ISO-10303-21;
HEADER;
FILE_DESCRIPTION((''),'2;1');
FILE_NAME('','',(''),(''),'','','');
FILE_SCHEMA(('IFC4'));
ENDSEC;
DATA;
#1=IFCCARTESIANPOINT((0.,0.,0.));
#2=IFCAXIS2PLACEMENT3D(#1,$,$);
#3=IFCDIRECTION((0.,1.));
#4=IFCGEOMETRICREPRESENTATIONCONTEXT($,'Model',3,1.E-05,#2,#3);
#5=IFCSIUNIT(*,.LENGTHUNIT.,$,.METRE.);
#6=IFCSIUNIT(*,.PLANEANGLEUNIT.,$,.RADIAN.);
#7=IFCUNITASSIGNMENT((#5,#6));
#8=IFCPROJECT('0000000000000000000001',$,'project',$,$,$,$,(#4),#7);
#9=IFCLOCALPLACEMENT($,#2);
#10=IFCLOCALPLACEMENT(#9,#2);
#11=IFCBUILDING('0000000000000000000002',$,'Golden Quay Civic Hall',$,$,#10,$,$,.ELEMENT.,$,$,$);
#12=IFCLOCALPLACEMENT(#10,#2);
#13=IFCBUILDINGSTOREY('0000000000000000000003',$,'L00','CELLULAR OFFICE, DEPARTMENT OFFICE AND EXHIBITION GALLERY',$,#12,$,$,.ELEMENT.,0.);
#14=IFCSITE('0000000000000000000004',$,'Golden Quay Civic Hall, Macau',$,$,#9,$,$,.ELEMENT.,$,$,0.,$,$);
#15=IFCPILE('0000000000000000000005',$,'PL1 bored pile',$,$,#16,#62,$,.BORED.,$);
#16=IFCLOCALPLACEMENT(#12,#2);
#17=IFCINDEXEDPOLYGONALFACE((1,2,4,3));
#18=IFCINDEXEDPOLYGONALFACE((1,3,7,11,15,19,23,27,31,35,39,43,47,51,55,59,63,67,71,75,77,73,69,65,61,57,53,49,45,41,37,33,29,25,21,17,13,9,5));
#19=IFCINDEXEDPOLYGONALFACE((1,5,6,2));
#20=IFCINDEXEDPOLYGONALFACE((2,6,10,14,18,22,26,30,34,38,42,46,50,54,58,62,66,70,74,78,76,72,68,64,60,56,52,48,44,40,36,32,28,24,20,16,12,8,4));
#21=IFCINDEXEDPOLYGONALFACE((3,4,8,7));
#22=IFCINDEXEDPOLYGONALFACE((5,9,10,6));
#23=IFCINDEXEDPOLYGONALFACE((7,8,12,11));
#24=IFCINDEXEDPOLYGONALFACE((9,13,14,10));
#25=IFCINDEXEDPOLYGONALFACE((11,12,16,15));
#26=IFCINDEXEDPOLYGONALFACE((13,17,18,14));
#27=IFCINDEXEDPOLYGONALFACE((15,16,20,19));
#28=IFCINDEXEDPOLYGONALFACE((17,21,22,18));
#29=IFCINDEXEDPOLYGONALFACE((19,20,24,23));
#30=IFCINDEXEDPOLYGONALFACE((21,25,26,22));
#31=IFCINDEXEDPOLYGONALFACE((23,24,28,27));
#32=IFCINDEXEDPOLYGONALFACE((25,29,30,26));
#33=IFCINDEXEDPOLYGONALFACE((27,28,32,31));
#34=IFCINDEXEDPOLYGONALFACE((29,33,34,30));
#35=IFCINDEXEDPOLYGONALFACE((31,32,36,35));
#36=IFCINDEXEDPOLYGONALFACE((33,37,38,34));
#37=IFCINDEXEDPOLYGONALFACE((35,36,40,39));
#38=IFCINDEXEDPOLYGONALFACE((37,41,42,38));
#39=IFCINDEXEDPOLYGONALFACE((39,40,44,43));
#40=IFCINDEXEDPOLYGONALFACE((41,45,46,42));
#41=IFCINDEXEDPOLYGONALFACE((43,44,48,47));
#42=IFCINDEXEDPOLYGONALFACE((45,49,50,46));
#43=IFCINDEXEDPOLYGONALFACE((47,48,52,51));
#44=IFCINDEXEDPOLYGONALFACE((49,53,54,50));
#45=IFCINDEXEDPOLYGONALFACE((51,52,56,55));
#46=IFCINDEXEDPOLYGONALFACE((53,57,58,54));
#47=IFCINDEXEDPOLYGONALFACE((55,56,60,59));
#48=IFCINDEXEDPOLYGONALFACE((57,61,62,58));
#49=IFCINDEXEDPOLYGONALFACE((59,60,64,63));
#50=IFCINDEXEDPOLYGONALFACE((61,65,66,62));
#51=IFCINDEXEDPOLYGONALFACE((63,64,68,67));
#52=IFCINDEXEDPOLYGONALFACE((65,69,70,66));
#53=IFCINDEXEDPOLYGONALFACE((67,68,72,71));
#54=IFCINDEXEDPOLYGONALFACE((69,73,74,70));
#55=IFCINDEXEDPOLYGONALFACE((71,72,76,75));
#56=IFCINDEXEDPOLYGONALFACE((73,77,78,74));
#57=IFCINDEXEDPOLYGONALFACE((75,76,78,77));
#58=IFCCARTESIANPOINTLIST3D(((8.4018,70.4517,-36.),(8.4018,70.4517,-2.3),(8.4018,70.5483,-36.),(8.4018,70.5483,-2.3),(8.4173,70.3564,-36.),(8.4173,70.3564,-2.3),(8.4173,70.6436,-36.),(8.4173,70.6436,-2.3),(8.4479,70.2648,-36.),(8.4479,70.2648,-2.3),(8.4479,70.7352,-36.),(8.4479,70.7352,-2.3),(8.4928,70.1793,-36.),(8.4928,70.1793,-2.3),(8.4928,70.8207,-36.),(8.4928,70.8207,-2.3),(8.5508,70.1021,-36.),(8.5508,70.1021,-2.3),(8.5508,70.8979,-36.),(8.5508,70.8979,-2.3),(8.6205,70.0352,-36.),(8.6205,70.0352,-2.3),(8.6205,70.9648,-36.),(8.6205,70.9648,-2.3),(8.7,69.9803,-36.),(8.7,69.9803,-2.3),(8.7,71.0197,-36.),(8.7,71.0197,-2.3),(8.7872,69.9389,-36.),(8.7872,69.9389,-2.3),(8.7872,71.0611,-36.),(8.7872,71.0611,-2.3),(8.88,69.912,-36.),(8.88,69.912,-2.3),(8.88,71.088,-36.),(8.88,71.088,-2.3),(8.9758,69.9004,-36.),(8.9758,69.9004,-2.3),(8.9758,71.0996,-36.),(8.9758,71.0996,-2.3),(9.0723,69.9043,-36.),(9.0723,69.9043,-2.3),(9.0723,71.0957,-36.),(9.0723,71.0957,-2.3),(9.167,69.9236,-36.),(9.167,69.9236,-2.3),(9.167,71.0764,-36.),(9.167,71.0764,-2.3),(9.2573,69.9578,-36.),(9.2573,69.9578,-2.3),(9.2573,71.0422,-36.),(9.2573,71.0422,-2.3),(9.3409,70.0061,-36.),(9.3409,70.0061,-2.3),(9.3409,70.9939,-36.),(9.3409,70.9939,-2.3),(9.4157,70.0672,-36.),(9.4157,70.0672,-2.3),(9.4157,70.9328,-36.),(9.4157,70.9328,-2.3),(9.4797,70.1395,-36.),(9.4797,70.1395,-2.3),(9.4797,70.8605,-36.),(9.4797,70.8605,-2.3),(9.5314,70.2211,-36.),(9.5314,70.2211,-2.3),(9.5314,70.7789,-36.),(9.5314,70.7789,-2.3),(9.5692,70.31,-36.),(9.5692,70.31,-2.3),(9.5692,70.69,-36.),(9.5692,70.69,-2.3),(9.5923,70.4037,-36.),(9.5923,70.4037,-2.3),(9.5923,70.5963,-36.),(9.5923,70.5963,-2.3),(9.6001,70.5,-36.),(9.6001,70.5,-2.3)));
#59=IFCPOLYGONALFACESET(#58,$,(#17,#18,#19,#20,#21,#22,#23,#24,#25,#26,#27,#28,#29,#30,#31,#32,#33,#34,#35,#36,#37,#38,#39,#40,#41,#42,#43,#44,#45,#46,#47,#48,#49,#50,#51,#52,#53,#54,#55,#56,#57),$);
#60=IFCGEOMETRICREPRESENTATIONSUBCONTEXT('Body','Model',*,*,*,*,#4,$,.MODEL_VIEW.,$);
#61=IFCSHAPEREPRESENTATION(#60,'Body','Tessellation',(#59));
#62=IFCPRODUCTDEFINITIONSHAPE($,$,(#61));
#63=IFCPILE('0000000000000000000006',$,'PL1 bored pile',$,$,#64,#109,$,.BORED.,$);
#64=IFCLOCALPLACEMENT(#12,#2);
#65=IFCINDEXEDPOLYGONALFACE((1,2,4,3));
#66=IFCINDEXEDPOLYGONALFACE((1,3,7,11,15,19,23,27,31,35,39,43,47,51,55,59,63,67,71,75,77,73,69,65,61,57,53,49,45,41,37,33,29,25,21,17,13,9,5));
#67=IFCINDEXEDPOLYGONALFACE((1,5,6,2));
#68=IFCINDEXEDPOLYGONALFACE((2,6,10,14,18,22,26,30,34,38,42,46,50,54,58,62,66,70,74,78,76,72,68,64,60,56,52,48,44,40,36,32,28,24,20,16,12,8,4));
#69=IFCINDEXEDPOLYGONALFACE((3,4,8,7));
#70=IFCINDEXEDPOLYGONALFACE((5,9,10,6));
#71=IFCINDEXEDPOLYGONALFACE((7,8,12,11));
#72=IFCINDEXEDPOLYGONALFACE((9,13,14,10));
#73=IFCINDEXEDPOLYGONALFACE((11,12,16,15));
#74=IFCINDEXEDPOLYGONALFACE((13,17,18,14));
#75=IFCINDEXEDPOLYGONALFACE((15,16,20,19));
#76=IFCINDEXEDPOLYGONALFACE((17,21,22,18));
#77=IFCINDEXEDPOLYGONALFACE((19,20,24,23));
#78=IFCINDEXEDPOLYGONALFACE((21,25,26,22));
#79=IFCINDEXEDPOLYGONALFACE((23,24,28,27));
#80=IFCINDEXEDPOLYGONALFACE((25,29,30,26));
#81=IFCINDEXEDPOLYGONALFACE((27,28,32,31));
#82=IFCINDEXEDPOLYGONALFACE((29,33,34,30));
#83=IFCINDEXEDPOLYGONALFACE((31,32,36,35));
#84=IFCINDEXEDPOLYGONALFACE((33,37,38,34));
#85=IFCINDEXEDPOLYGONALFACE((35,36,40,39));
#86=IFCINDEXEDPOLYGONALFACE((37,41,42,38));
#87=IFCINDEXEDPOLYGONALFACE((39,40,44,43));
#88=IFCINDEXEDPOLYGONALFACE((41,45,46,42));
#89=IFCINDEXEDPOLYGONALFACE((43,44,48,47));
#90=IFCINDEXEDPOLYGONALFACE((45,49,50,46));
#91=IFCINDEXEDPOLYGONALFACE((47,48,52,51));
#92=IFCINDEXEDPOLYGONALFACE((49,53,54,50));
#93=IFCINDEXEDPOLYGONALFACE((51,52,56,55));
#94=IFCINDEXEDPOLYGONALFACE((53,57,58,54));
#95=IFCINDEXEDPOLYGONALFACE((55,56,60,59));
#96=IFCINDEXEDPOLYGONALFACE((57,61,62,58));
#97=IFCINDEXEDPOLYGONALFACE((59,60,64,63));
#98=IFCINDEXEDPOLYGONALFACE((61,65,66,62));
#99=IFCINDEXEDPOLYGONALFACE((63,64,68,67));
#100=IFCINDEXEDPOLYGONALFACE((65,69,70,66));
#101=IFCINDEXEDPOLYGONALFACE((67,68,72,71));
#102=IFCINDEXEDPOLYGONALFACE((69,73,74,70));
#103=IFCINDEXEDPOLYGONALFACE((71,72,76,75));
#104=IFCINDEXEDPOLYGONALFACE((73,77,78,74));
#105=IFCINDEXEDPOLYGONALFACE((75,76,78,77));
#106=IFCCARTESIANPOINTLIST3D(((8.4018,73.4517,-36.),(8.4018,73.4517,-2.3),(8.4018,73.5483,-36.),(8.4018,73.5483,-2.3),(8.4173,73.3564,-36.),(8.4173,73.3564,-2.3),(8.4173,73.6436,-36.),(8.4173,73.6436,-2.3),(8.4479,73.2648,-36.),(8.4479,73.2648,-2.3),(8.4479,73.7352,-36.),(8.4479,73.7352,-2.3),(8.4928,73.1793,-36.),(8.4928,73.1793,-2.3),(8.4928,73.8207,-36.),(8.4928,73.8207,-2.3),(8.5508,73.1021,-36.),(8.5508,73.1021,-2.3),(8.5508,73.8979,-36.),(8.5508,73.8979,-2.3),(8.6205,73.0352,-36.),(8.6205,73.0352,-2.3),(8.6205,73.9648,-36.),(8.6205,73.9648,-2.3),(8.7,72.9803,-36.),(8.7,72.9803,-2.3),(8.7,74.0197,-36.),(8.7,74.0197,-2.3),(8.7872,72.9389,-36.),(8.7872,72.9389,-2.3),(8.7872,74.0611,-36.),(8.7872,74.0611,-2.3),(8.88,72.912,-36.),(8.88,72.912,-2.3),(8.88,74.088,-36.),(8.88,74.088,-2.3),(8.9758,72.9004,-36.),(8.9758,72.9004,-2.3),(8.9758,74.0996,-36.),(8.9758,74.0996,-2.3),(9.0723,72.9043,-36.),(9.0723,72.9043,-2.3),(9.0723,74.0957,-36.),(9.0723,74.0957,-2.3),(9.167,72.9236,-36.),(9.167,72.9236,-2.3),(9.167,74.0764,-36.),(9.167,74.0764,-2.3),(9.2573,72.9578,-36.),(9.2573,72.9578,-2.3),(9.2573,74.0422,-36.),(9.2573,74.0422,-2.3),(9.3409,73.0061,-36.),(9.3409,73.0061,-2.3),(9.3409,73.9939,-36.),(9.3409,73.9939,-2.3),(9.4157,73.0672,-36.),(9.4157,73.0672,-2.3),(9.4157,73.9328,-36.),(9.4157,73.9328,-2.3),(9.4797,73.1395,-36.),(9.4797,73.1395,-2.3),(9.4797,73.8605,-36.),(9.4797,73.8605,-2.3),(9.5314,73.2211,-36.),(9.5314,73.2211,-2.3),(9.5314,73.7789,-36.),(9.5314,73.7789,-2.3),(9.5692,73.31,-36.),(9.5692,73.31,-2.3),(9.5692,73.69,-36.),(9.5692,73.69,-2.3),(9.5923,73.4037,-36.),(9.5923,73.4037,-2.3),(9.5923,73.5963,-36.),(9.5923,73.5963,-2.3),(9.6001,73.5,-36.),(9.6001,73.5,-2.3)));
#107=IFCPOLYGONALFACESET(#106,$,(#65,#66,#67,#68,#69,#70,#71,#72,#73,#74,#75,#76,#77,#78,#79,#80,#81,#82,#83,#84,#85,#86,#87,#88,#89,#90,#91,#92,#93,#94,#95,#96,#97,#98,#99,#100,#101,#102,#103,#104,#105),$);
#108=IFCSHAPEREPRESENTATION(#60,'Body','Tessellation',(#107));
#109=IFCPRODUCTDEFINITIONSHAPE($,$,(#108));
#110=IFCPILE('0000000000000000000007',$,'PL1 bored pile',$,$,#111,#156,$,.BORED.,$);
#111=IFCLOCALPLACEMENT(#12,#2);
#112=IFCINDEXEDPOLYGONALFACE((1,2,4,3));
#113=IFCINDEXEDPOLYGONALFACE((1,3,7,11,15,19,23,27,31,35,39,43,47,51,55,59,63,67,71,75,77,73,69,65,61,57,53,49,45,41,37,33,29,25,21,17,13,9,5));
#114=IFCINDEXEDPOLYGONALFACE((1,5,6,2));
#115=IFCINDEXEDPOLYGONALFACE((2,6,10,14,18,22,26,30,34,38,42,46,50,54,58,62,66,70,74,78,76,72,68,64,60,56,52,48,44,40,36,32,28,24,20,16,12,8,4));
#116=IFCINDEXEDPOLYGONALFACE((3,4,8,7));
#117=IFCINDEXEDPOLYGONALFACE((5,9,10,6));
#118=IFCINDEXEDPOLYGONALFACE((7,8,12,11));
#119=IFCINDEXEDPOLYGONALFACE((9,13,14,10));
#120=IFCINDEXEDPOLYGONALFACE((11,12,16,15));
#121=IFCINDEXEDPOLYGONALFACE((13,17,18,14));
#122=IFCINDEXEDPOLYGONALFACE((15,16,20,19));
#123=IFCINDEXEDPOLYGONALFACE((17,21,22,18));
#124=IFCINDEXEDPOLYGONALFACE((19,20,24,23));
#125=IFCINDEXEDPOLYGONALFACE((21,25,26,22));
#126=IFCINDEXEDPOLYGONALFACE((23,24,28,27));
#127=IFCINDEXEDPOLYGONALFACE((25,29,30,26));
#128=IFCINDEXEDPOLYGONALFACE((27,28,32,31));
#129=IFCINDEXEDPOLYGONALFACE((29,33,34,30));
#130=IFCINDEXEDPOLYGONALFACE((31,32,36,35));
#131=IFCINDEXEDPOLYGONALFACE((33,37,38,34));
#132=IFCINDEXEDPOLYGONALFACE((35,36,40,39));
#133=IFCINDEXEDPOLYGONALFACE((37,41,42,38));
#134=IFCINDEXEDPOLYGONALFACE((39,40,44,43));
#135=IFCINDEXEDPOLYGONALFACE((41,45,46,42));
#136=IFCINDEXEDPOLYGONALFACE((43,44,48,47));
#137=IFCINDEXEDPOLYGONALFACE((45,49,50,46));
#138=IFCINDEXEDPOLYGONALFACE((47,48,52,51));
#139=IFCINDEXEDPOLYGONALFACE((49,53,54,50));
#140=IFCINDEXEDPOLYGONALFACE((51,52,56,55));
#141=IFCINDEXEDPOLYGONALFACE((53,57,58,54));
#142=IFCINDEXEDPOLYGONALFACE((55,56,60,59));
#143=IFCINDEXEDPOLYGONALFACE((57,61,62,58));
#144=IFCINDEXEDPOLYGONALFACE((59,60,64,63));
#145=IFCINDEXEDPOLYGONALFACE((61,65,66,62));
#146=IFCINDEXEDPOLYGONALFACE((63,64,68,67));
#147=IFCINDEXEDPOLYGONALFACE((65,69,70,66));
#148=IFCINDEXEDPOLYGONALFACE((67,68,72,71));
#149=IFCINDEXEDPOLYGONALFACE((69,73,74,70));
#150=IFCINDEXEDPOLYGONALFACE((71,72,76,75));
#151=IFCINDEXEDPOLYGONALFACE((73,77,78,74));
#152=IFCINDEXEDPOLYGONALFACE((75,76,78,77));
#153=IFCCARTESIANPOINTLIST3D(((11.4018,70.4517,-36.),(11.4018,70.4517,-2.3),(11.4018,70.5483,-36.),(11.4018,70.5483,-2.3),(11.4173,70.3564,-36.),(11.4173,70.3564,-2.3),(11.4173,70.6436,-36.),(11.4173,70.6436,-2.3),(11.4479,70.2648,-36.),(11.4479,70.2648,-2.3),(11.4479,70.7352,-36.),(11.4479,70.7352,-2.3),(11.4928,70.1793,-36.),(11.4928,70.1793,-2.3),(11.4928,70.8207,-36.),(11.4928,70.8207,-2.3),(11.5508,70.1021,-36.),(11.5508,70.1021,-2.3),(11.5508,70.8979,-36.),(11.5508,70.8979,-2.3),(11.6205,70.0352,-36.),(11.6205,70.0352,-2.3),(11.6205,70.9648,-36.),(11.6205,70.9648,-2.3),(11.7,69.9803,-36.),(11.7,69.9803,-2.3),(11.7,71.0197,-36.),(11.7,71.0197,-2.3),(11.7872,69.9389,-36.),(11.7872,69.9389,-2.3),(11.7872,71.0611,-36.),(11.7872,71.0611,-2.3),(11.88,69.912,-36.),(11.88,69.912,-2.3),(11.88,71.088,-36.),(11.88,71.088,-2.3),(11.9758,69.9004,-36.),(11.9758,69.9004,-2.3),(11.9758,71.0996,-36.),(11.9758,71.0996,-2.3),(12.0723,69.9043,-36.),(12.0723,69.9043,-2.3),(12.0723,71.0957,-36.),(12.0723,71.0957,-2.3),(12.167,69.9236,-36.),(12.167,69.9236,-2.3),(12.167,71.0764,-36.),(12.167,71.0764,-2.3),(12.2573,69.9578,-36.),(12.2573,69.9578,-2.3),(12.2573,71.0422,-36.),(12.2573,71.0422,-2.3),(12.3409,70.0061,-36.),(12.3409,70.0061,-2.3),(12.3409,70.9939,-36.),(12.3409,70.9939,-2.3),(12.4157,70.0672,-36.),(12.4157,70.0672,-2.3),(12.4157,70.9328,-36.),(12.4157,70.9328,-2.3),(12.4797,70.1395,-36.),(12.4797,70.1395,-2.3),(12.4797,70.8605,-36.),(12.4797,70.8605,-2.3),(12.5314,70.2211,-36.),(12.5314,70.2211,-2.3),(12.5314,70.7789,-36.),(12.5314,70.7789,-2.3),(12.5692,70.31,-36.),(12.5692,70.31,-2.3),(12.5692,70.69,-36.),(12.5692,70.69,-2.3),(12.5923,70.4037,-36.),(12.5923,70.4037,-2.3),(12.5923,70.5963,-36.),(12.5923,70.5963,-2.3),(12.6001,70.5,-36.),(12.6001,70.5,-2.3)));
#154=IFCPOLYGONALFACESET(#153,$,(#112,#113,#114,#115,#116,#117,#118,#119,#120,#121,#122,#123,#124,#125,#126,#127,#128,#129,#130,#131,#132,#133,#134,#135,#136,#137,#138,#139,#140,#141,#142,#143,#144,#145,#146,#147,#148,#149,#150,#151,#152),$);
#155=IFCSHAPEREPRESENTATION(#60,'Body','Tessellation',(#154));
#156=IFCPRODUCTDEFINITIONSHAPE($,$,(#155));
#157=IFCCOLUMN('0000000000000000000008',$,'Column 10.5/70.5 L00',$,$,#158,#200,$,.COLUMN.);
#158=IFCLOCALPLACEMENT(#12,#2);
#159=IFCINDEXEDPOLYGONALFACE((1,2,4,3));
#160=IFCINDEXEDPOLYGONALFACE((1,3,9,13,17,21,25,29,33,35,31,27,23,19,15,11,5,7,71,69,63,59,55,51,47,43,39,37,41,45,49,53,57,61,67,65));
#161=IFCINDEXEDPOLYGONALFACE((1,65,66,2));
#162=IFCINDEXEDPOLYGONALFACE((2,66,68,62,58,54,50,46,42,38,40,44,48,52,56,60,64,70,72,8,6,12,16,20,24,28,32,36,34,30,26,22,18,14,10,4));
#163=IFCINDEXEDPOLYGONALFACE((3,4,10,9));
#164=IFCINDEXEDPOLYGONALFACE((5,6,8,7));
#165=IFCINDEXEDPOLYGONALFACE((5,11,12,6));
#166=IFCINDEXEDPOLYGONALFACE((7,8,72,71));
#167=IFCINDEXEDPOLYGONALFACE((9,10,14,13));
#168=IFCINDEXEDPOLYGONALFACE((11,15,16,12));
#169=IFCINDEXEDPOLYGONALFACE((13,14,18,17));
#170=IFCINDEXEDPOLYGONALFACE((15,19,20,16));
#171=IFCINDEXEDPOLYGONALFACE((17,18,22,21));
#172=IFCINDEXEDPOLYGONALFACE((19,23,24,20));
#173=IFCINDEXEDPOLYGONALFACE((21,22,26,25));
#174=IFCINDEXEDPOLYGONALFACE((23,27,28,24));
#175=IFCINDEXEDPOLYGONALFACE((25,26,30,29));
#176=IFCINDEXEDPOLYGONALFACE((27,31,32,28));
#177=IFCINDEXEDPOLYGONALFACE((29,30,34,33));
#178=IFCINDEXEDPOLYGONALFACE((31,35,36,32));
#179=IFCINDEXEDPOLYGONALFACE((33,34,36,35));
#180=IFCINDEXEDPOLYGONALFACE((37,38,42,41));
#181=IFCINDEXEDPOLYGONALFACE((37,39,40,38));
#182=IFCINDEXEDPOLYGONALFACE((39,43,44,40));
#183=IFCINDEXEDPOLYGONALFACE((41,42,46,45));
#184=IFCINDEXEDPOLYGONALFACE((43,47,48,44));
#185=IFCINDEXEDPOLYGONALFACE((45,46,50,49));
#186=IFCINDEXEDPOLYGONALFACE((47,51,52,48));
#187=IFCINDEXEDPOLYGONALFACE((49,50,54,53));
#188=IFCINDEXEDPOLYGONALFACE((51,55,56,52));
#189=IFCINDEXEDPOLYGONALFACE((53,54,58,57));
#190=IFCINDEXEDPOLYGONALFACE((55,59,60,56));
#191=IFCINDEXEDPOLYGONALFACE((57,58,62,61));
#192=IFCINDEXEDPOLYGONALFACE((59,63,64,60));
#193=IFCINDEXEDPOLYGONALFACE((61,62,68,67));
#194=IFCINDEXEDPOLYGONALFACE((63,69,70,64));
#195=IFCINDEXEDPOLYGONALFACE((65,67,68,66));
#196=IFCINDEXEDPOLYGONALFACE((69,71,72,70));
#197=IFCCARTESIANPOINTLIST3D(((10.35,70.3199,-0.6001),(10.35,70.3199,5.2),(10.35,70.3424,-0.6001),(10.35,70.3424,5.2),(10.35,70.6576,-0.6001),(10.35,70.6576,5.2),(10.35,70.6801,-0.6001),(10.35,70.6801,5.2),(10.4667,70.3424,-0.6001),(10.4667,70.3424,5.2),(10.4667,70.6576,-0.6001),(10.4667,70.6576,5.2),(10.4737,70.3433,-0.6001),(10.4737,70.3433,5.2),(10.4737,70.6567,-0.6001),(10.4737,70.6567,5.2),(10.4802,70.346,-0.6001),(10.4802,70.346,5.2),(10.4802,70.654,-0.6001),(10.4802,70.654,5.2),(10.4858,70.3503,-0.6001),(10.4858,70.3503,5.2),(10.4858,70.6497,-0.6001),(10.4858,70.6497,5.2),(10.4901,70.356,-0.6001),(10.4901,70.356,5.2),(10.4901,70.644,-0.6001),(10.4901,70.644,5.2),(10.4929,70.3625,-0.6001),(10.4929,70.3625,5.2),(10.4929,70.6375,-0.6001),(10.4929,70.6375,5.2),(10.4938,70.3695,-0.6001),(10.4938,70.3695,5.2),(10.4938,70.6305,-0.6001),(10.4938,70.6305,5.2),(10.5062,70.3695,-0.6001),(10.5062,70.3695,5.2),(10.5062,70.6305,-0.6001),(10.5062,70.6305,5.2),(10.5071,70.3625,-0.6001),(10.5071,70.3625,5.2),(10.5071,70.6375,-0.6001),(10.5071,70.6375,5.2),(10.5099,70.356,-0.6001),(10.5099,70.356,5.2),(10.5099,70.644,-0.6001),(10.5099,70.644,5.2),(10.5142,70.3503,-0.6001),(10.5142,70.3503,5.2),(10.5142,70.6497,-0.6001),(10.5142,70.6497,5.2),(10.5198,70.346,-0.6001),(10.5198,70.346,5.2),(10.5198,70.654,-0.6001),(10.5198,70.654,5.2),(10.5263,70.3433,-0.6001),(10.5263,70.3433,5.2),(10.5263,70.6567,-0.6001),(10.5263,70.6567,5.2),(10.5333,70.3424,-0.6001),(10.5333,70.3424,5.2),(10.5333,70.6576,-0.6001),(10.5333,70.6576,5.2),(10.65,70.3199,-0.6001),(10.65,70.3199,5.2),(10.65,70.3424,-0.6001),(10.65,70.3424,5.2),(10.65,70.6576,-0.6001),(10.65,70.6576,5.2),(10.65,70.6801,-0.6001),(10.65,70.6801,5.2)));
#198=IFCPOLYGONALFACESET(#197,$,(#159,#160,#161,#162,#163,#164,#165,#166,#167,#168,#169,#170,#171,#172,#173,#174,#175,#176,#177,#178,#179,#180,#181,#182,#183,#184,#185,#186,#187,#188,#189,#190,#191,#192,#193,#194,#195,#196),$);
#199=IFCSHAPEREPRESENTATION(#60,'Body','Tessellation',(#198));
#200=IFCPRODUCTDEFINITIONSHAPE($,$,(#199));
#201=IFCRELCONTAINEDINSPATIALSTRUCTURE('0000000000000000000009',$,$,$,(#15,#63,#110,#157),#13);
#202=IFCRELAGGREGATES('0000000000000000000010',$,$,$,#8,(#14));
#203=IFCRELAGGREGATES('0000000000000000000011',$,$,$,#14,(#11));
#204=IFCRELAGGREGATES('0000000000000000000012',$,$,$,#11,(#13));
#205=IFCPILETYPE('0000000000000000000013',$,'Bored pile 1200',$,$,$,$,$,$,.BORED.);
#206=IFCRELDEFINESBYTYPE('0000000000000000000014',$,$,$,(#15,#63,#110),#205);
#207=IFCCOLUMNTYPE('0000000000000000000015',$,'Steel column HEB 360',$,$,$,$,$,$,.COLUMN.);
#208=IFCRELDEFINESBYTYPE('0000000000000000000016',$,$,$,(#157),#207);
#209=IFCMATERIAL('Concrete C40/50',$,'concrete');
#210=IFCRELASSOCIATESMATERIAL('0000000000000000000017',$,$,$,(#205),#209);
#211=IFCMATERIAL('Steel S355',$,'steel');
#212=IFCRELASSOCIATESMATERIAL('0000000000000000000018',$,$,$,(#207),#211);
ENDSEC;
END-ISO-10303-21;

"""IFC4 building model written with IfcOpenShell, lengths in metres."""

from ifc_helpers import new_model, si_unit, direction, frame, origin, origin_2d, place, context, subcontext, project, spatial, circle, i_section, extrude, material, material_profile, profile_set, type_object, element, save


model = new_model("IFC4")

# Units and contexts
model_context = context("Model", 3, precision=1e-05, world=origin(), true_north=direction((0.0, 1.0)))
body_context = subcontext(model_context, "Body", "Model", "MODEL_VIEW")
ifc_project = project(units=[si_unit("LENGTHUNIT", "METRE"), si_unit("PLANEANGLEUNIT", "RADIAN")], contexts=[model_context])

# Site, building, storey
site_placement = place(None, origin())
site = spatial("IfcSite", under=ifc_project, at=site_placement, Name="Golden Quay Civic Hall, Macau", CompositionType="ELEMENT", RefElevation=0.0)
building_placement = place(site_placement, origin())
building = spatial("IfcBuilding", under=site, at=building_placement, Name="Golden Quay Civic Hall", CompositionType="ELEMENT")
storey_placement = place(building_placement, origin())
storey = spatial("IfcBuildingStorey", under=building, at=storey_placement, Name="L00", Description="CELLULAR OFFICE, DEPARTMENT OFFICE AND EXHIBITION GALLERY", CompositionType="ELEMENT", Elevation=0.0)

# Piles
ifc_material_1 = material(Name="Concrete C40/50", Category="concrete")
ifc_material_profile_1 = material_profile(ifc_material_1, circle(Radius=0.6001, at=origin_2d()), Name="RC D1200")
ifc_profile_set_1 = profile_set([ifc_material_profile_1], Name="Concrete C40/50")
pile_type = type_object("IfcPileType", Name="Bored pile 1200", PredefinedType="BORED", material=ifc_profile_set_1)
for number, where, z_axis, x_axis, name in (
    (1, (9.0, 70.5, -2.3), (0.0, 0.0, -1.0), (1.0, 0.0, 0.0), "PL1 bored pile"),
    (2, (9.0, 73.5, -2.3), (0.0, 0.0, -1.0), (1.0, 0.0, 0.0), "PL1 bored pile"),
    (3, (12.0, 70.5, -2.3), (0.0, 0.0, -1.0), (1.0, 0.0, 0.0), "PL1 bored pile"),
):
    element("IfcPile", number, at=place(storey_placement, frame(where, z_axis=z_axis, x_axis=x_axis)), inside=storey, type_object=pile_type, Name=name, PredefinedType="BORED", context=body_context, shape_type="SweptSolid", body=[
        extrude(circle(Radius=0.6001, at=origin_2d()), origin(), (0.0, 0.0, 1.0), 33.7),
    ])

# Column
ifc_material_2 = material(Name="Steel S355", Category="steel")
ifc_material_profile_2 = material_profile(ifc_material_2, i_section(OverallWidth=0.3, OverallDepth=0.3601, WebThickness=0.0125, FlangeThickness=0.0225, FilletRadius=0.0271, at=origin_2d()), Name="HEB 360")
ifc_profile_set_2 = profile_set([ifc_material_profile_2], Name="Steel S355")
column_type = type_object("IfcColumnType", Name="Steel column HEB 360", PredefinedType="COLUMN", material=ifc_profile_set_2)
for number, where, z_axis, x_axis, name in (
    (4, (10.5, 70.5, -0.6001), (0.0, 0.0, 1.0), (1.0, 0.0, 0.0), "Column 10.5/70.5 L00"),
):
    element("IfcColumn", number, at=place(storey_placement, frame(where, z_axis=z_axis, x_axis=x_axis)), inside=storey, type_object=column_type, Name=name, PredefinedType="COLUMN", context=body_context, shape_type="SweptSolid", body=[
        extrude(i_section(OverallWidth=0.3, OverallDepth=0.3601, WebThickness=0.0125, FlangeThickness=0.0225, FilletRadius=0.0271, at=origin_2d()), origin(), (0.0, 0.0, 1.0), 5.8),
    ])

save(model, "model.ifc")
